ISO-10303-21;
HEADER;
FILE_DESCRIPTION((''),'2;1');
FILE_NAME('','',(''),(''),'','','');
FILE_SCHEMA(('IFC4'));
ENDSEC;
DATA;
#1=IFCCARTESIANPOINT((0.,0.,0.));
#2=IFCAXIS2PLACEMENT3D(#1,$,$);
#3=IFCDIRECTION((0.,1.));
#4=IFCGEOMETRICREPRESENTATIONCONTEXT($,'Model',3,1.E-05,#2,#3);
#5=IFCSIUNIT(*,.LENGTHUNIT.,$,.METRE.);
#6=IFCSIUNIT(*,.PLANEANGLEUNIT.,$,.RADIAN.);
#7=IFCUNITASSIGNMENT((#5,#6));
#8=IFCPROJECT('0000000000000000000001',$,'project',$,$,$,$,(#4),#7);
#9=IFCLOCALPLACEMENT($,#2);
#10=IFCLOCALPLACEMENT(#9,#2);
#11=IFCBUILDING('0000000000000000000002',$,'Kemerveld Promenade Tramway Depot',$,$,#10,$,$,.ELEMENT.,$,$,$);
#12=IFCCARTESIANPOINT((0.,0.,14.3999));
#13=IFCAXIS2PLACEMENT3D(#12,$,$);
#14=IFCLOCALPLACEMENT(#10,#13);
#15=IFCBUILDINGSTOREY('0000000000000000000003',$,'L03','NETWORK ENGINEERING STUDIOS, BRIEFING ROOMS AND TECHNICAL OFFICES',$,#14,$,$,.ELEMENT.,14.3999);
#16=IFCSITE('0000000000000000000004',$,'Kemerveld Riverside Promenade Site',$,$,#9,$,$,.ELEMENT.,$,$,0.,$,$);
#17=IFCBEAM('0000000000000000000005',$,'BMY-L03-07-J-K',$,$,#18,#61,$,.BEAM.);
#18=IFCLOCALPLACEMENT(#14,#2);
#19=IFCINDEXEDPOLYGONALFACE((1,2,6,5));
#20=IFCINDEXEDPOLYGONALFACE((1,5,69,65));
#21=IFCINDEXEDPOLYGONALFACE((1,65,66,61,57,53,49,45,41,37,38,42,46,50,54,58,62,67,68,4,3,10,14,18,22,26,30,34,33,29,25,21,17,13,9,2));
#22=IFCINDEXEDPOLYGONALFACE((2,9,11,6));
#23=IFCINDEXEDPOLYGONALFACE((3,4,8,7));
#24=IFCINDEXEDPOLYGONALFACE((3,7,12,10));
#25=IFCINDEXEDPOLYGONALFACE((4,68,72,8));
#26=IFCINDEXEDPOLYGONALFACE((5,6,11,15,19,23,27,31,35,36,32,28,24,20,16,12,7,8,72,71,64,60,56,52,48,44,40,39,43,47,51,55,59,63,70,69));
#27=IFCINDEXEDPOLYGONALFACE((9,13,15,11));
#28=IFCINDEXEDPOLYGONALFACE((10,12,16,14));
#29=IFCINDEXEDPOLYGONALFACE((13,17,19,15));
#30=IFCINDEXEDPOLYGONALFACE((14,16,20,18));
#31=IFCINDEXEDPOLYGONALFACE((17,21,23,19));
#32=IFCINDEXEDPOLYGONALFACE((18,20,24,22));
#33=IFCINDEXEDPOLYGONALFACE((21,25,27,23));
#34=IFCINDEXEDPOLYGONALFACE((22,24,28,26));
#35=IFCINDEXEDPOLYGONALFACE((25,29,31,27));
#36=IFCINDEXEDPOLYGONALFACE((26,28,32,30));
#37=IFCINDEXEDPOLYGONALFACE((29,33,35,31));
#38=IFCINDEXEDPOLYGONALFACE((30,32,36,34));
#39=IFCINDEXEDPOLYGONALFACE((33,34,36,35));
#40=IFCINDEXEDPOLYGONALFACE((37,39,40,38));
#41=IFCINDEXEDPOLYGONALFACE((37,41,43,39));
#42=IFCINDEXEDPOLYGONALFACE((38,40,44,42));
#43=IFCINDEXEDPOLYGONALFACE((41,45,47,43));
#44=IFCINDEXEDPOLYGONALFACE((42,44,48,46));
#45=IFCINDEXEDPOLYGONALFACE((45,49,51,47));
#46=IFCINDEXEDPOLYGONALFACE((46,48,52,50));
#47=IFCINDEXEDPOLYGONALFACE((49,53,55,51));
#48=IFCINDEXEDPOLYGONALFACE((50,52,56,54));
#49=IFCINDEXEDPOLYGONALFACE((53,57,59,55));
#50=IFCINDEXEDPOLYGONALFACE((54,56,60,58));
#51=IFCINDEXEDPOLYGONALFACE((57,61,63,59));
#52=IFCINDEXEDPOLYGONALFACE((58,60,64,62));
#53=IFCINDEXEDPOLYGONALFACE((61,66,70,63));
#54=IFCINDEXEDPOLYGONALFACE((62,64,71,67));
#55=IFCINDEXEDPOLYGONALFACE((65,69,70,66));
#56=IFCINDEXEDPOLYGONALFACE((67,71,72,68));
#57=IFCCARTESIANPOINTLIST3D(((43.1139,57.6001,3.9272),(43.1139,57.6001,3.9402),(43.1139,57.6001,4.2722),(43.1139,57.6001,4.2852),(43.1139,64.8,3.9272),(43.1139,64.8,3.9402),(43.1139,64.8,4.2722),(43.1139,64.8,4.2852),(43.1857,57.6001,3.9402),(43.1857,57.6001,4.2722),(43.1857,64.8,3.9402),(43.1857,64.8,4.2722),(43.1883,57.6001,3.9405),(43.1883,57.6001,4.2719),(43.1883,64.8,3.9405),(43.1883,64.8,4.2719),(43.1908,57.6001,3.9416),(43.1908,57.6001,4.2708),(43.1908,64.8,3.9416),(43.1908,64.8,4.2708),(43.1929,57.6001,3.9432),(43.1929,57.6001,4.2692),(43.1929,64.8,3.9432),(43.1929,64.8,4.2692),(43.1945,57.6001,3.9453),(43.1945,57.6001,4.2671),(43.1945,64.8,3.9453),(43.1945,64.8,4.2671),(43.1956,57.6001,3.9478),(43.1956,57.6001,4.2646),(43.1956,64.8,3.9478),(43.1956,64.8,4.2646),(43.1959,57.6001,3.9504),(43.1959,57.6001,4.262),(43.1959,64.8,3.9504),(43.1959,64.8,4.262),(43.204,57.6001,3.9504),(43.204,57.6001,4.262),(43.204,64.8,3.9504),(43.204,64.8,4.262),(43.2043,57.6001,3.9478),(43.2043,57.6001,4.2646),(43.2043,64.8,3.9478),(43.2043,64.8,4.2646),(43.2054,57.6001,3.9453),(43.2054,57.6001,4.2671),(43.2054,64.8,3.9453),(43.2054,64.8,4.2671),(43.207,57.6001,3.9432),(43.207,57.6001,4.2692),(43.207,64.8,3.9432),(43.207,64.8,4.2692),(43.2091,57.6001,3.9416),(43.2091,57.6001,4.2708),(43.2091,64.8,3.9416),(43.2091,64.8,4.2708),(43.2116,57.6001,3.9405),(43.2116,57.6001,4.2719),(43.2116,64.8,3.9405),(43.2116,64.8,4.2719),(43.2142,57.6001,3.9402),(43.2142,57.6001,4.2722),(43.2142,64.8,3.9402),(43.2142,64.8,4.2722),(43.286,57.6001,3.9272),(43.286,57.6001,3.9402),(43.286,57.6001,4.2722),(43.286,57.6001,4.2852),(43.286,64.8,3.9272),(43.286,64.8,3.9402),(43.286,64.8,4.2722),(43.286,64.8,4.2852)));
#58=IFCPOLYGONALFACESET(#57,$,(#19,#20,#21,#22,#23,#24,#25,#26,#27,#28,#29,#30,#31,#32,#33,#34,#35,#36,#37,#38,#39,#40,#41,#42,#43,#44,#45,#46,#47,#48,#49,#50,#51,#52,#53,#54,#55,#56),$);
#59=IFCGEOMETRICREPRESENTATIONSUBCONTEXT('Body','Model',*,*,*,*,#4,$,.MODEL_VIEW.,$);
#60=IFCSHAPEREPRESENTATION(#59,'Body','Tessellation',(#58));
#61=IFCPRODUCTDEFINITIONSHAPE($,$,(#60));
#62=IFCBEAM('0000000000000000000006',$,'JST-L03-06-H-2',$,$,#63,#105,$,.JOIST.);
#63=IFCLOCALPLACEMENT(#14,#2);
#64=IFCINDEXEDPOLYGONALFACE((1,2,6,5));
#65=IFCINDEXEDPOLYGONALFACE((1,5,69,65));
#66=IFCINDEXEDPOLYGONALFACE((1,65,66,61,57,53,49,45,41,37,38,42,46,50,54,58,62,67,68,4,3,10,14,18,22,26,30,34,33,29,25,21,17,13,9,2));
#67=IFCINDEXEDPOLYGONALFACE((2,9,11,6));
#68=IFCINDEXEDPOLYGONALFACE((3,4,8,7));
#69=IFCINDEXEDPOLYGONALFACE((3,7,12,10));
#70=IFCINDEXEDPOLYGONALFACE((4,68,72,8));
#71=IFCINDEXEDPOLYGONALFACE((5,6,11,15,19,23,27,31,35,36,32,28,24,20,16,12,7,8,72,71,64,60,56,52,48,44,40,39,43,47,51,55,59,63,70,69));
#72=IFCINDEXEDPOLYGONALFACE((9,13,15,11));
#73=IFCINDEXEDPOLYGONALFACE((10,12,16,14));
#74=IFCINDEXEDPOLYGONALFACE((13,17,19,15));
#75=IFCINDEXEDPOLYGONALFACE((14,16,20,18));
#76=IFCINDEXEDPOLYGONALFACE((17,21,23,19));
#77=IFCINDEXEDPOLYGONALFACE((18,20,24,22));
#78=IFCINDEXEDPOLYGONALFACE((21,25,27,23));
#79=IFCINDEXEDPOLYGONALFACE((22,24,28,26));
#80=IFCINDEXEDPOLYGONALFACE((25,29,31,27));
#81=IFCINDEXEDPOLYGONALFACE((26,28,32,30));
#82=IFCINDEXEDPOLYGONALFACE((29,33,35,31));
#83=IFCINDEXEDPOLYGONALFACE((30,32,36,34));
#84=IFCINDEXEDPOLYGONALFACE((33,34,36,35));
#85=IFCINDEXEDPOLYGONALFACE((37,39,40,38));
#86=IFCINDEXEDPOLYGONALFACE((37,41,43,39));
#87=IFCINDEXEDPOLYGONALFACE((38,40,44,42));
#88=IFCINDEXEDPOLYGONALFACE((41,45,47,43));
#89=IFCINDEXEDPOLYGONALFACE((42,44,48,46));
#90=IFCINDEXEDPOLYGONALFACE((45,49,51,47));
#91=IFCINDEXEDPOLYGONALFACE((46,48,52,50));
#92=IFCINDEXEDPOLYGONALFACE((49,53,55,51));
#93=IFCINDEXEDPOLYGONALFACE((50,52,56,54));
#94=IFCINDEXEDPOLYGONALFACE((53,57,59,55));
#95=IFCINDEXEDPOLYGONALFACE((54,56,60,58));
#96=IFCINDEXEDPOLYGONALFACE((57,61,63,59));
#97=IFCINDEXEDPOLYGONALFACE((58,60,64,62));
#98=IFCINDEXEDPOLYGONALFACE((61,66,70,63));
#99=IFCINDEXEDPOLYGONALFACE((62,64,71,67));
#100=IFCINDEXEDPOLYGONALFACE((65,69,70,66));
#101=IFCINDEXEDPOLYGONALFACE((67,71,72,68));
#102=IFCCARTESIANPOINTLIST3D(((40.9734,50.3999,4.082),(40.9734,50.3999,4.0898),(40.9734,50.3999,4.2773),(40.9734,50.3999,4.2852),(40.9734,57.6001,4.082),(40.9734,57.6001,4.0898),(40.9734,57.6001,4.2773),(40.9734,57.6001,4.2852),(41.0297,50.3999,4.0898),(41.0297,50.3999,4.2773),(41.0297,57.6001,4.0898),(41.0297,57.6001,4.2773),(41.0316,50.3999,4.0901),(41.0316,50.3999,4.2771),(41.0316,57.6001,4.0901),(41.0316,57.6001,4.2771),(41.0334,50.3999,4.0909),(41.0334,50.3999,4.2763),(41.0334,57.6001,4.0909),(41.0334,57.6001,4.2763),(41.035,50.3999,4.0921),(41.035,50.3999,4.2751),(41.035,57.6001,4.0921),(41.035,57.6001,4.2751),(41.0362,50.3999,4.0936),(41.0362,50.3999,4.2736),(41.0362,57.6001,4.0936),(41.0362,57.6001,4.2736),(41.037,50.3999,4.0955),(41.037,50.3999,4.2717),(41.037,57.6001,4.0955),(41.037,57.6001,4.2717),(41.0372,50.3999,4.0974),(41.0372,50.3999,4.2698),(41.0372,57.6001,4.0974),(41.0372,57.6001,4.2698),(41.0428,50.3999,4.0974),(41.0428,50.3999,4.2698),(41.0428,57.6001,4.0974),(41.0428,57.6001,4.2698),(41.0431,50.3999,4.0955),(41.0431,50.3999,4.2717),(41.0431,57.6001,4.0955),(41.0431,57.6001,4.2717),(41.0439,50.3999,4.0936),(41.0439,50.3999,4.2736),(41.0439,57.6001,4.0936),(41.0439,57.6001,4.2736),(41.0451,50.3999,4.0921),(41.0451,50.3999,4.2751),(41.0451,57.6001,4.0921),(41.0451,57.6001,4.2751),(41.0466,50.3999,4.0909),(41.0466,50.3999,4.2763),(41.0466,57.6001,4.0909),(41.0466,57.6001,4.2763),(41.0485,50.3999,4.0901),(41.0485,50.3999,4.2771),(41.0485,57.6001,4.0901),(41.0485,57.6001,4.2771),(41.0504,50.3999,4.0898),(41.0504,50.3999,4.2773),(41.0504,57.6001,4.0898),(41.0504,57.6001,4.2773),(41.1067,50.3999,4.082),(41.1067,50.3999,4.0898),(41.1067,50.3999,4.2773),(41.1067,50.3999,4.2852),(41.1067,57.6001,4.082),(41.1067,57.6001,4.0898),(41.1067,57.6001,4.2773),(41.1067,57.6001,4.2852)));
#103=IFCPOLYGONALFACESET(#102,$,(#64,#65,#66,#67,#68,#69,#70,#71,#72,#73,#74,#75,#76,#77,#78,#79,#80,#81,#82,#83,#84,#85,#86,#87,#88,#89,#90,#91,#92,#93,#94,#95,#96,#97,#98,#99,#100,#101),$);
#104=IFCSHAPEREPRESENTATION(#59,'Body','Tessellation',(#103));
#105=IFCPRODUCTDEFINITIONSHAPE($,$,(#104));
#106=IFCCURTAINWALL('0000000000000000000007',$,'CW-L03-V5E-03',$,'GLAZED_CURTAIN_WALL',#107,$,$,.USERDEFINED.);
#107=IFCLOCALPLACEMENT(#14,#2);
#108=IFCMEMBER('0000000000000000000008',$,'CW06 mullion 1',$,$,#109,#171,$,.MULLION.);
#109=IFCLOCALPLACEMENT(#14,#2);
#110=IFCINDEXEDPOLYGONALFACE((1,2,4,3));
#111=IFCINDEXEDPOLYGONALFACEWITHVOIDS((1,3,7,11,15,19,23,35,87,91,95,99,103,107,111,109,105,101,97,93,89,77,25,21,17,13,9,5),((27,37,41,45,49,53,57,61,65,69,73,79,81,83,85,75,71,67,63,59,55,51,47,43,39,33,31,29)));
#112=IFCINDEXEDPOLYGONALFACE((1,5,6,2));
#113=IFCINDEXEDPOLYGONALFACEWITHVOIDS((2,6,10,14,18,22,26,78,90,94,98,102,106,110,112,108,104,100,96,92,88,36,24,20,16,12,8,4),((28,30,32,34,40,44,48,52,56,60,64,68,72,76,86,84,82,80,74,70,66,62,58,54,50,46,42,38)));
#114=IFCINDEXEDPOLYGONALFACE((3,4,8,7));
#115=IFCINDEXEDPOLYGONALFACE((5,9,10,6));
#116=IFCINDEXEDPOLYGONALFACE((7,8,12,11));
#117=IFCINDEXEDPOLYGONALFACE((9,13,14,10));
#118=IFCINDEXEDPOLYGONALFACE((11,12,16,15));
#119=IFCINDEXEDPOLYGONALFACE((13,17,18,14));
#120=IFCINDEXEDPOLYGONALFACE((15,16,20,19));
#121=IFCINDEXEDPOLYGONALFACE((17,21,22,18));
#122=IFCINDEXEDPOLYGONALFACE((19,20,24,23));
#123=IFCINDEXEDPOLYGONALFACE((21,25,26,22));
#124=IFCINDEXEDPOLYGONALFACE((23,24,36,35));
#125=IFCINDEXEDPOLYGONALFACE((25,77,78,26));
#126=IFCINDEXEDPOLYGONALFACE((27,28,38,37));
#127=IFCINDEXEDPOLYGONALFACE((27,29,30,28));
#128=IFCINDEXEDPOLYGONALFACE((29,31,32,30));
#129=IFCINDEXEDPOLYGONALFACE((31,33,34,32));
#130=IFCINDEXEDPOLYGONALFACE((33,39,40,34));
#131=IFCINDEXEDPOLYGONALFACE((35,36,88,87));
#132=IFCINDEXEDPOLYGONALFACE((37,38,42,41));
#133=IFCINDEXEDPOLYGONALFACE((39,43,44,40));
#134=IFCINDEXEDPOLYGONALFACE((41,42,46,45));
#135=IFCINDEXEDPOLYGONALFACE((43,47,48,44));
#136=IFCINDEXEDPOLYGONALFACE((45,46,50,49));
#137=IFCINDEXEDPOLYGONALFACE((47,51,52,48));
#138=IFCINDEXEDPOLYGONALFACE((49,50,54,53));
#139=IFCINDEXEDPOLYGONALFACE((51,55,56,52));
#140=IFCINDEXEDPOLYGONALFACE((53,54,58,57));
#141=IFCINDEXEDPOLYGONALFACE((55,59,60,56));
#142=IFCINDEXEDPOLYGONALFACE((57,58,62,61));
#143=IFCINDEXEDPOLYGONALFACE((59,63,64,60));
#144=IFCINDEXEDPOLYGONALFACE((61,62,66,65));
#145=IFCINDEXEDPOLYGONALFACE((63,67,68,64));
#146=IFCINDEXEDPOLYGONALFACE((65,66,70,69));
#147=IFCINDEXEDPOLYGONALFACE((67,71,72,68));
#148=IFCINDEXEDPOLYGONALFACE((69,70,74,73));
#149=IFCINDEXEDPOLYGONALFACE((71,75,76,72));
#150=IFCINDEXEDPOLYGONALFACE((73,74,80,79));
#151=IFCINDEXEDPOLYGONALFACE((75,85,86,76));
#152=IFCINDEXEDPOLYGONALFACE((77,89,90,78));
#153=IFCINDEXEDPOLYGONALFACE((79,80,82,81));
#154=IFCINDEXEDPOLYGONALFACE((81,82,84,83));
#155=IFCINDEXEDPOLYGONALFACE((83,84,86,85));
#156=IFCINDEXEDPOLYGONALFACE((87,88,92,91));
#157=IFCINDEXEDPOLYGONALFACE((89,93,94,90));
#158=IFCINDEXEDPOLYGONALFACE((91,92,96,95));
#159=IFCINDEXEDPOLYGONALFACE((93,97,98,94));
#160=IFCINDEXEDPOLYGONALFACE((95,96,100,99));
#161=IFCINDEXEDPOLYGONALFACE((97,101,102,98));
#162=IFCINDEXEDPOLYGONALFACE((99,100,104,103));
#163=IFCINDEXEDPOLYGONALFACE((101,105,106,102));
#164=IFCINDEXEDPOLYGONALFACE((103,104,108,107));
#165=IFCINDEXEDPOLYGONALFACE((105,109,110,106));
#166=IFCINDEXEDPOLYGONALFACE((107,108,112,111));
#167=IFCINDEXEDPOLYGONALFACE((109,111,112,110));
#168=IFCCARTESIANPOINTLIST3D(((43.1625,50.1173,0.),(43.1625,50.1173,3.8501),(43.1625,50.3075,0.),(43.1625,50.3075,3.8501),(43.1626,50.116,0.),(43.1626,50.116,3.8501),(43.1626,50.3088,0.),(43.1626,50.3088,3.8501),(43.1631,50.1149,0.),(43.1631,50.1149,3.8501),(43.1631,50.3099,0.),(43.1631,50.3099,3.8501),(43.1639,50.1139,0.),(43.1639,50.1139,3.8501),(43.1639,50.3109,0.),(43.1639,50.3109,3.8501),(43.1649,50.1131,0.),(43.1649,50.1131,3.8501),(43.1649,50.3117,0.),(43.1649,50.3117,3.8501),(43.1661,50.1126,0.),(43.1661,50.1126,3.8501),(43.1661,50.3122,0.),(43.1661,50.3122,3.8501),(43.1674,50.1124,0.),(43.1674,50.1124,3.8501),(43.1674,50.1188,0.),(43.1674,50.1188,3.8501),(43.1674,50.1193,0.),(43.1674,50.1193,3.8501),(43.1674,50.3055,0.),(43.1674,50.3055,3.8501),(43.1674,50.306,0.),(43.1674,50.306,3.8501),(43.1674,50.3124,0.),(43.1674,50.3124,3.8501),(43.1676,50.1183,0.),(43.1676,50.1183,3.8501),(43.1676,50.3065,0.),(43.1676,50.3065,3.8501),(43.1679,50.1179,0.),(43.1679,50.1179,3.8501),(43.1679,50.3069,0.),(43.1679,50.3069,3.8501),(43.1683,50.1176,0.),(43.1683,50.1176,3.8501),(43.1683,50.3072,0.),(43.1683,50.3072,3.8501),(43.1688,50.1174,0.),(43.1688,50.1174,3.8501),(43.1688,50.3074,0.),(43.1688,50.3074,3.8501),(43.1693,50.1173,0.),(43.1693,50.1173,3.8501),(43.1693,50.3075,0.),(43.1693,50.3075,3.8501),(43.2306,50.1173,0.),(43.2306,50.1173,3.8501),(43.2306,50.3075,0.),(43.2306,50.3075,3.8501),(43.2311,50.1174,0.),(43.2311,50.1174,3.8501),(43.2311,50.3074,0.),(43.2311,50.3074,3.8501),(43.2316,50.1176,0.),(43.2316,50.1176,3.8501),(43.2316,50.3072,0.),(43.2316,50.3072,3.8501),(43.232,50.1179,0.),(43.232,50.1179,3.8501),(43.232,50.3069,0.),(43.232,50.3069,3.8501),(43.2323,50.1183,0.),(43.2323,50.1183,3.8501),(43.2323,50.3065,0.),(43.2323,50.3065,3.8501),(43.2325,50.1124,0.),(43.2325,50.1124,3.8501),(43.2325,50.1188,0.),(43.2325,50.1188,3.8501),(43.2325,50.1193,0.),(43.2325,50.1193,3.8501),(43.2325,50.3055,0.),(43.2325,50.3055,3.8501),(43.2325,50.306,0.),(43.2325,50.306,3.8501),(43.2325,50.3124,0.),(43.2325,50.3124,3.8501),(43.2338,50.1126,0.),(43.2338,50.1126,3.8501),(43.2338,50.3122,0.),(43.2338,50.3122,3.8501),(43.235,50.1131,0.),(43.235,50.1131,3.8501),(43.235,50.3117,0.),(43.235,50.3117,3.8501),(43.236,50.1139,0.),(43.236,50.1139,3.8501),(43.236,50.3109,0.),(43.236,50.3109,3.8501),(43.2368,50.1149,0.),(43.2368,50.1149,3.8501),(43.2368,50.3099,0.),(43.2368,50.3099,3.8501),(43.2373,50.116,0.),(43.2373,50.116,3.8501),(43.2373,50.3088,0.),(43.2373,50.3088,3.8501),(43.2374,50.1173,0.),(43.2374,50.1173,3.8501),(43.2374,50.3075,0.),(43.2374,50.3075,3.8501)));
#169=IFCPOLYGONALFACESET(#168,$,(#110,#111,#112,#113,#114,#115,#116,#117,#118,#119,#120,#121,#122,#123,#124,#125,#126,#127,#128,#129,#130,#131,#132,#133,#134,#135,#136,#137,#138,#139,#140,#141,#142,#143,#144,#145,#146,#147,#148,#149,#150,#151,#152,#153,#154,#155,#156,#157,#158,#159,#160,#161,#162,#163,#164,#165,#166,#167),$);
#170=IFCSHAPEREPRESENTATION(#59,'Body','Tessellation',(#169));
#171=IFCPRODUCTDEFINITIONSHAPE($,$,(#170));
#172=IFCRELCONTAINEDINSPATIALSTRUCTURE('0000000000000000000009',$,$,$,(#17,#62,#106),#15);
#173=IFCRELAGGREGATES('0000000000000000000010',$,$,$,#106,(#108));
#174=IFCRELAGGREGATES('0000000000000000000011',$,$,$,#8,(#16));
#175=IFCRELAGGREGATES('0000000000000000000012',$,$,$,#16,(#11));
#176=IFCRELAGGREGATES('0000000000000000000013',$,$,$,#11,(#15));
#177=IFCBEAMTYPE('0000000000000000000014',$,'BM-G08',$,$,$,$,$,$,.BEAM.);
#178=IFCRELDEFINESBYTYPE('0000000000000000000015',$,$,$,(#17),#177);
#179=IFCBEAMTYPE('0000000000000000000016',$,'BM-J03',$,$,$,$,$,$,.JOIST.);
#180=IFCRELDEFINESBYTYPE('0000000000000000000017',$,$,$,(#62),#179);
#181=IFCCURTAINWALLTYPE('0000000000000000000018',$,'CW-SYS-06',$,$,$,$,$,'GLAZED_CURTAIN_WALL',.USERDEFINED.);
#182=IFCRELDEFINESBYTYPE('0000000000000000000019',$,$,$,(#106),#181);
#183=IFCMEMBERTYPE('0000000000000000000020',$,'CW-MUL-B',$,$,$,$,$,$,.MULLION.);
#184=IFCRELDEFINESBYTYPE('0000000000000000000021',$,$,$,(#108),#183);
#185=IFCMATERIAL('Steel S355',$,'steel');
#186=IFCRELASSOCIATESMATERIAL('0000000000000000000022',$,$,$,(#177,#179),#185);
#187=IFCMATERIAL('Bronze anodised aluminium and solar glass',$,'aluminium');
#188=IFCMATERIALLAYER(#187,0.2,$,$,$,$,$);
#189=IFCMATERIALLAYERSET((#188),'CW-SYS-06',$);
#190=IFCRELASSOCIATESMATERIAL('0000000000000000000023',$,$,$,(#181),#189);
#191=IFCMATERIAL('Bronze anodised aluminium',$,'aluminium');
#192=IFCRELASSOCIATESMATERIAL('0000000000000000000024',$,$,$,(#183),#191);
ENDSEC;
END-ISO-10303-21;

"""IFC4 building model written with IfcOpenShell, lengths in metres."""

from ifc_helpers import new_model, si_unit, direction, frame, origin, origin_2d, place, context, subcontext, project, spatial, hollow_rectangle, i_section, extrude, material, layer, layer_set, material_profile, profile_set, type_object, element, aggregate, save


model = new_model("IFC4")

# Units and contexts
model_context = context("Model", 3, precision=1e-05, world=origin(), true_north=direction((0.0, 1.0)))
body_context = subcontext(model_context, "Body", "Model", "MODEL_VIEW")
ifc_project = project(units=[si_unit("LENGTHUNIT", "METRE"), si_unit("PLANEANGLEUNIT", "RADIAN")], contexts=[model_context])

# Site, building, storey
site_placement = place(None, origin())
site = spatial("IfcSite", under=ifc_project, at=site_placement, Name="Kemerveld Riverside Promenade Site", CompositionType="ELEMENT", RefElevation=0.0)
building_placement = place(site_placement, origin())
building = spatial("IfcBuilding", under=site, at=building_placement, Name="Kemerveld Promenade Tramway Depot", CompositionType="ELEMENT")
storey_placement = place(building_placement, frame((0.0, 0.0, 14.3999)))
storey = spatial("IfcBuildingStorey", under=building, at=storey_placement, Name="L03", Description="NETWORK ENGINEERING STUDIOS, BRIEFING ROOMS AND TECHNICAL OFFICES", CompositionType="ELEMENT", Elevation=14.3999)

# Shared definitions
ifc_material_1 = material(Name="Steel S355", Category="steel")

# Beams
ifc_material_profile_1 = material_profile(ifc_material_1, i_section(OverallWidth=0.1721, OverallDepth=0.3579, WebThickness=0.0081, FlangeThickness=0.0129, FilletRadius=0.0103, at=origin_2d()), Name="356x171x57 UB")
ifc_profile_set_1 = profile_set([ifc_material_profile_1], Name="Steel S355")
beam_type_1 = type_object("IfcBeamType", Name="BM-G08", PredefinedType="BEAM", material=ifc_profile_set_1)
beam_1_placement = place(storey_placement, frame((43.2, 57.6001, 4.1062), z_axis=(0.0, 1.0, 0.0), x_axis=(-1.0, 0.0, 0.0)))
element("IfcBeam", 1, at=beam_1_placement, inside=storey, type_object=beam_type_1, Name="BMY-L03-07-J-K", PredefinedType="BEAM", context=body_context, shape_type="SweptSolid", body=[
    extrude(i_section(OverallWidth=0.1721, OverallDepth=0.3579, WebThickness=0.0081, FlangeThickness=0.0129, FilletRadius=0.0103, at=origin_2d()), origin(), (0.0, 0.0, 1.0), 7.2),
])
ifc_material_profile_2 = material_profile(ifc_material_1, i_section(OverallWidth=0.1333, OverallDepth=0.2031, WebThickness=0.0056, FlangeThickness=0.0078, FilletRadius=0.0076, at=origin_2d()), Name="203x133x25 UB")
ifc_profile_set_2 = profile_set([ifc_material_profile_2], Name="Steel S355")
beam_type_2 = type_object("IfcBeamType", Name="BM-J03", PredefinedType="JOIST", material=ifc_profile_set_2)
beam_2_placement = place(storey_placement, frame((41.04, 50.3999, 4.1836), z_axis=(0.0, 1.0, 0.0), x_axis=(-1.0, 0.0, 0.0)))
element("IfcBeam", 2, at=beam_2_placement, inside=storey, type_object=beam_type_2, Name="JST-L03-06-H-2", PredefinedType="JOIST", context=body_context, shape_type="SweptSolid", body=[
    extrude(i_section(OverallWidth=0.1333, OverallDepth=0.2031, WebThickness=0.0056, FlangeThickness=0.0078, FilletRadius=0.0076, at=origin_2d()), origin(), (0.0, 0.0, 1.0), 7.2002),
])

# Curtain wall, member
ifc_material_2 = material(Name="Bronze anodised aluminium and solar glass", Category="aluminium")
ifc_layer_1 = layer(ifc_material_2, 0.2)
ifc_layer_set_1 = layer_set([ifc_layer_1], Name="CW-SYS-06")
curtain_wall_type = type_object("IfcCurtainWallType", Name="CW-SYS-06", ElementType="GLAZED_CURTAIN_WALL", PredefinedType="USERDEFINED", material=ifc_layer_set_1)
curtain_wall_placement = place(storey_placement, origin())
curtain_wall = element("IfcCurtainWall", 3, at=curtain_wall_placement, inside=storey, type_object=curtain_wall_type, Name="CW-L03-V5E-03", ObjectType="GLAZED_CURTAIN_WALL", PredefinedType="USERDEFINED")
ifc_material_3 = material(Name="Bronze anodised aluminium", Category="aluminium")
ifc_material_profile_3 = material_profile(ifc_material_3, hollow_rectangle(XDim=0.075, YDim=0.2, WallThickness=0.0049, InnerFilletRadius=0.002, OuterFilletRadius=0.0049, at=origin_2d()), Name="CW-MUL-200x75")
ifc_profile_set_3 = profile_set([ifc_material_profile_3], Name="Bronze anodised aluminium")
member_type_1 = type_object("IfcMemberType", Name="CW-MUL-B", PredefinedType="MULLION", material=ifc_profile_set_3)
member_1_placement = place(storey_placement, frame((43.2, 50.2124, 0.0), z_axis=(0.0, 0.0, 1.0), x_axis=(1.0, 0.0, 0.0)))
member_1 = element("IfcMember", 4, at=member_1_placement, type_object=member_type_1, Name="CW06 mullion 1", PredefinedType="MULLION", context=body_context, shape_type="SweptSolid", body=[
    extrude(hollow_rectangle(XDim=0.075, YDim=0.2, WallThickness=0.0049, InnerFilletRadius=0.002, OuterFilletRadius=0.0049, at=origin_2d()), origin(), (0.0, 0.0, 1.0), 3.8501),
])
aggregate(curtain_wall, [member_1])

save(model, "model.ifc")
